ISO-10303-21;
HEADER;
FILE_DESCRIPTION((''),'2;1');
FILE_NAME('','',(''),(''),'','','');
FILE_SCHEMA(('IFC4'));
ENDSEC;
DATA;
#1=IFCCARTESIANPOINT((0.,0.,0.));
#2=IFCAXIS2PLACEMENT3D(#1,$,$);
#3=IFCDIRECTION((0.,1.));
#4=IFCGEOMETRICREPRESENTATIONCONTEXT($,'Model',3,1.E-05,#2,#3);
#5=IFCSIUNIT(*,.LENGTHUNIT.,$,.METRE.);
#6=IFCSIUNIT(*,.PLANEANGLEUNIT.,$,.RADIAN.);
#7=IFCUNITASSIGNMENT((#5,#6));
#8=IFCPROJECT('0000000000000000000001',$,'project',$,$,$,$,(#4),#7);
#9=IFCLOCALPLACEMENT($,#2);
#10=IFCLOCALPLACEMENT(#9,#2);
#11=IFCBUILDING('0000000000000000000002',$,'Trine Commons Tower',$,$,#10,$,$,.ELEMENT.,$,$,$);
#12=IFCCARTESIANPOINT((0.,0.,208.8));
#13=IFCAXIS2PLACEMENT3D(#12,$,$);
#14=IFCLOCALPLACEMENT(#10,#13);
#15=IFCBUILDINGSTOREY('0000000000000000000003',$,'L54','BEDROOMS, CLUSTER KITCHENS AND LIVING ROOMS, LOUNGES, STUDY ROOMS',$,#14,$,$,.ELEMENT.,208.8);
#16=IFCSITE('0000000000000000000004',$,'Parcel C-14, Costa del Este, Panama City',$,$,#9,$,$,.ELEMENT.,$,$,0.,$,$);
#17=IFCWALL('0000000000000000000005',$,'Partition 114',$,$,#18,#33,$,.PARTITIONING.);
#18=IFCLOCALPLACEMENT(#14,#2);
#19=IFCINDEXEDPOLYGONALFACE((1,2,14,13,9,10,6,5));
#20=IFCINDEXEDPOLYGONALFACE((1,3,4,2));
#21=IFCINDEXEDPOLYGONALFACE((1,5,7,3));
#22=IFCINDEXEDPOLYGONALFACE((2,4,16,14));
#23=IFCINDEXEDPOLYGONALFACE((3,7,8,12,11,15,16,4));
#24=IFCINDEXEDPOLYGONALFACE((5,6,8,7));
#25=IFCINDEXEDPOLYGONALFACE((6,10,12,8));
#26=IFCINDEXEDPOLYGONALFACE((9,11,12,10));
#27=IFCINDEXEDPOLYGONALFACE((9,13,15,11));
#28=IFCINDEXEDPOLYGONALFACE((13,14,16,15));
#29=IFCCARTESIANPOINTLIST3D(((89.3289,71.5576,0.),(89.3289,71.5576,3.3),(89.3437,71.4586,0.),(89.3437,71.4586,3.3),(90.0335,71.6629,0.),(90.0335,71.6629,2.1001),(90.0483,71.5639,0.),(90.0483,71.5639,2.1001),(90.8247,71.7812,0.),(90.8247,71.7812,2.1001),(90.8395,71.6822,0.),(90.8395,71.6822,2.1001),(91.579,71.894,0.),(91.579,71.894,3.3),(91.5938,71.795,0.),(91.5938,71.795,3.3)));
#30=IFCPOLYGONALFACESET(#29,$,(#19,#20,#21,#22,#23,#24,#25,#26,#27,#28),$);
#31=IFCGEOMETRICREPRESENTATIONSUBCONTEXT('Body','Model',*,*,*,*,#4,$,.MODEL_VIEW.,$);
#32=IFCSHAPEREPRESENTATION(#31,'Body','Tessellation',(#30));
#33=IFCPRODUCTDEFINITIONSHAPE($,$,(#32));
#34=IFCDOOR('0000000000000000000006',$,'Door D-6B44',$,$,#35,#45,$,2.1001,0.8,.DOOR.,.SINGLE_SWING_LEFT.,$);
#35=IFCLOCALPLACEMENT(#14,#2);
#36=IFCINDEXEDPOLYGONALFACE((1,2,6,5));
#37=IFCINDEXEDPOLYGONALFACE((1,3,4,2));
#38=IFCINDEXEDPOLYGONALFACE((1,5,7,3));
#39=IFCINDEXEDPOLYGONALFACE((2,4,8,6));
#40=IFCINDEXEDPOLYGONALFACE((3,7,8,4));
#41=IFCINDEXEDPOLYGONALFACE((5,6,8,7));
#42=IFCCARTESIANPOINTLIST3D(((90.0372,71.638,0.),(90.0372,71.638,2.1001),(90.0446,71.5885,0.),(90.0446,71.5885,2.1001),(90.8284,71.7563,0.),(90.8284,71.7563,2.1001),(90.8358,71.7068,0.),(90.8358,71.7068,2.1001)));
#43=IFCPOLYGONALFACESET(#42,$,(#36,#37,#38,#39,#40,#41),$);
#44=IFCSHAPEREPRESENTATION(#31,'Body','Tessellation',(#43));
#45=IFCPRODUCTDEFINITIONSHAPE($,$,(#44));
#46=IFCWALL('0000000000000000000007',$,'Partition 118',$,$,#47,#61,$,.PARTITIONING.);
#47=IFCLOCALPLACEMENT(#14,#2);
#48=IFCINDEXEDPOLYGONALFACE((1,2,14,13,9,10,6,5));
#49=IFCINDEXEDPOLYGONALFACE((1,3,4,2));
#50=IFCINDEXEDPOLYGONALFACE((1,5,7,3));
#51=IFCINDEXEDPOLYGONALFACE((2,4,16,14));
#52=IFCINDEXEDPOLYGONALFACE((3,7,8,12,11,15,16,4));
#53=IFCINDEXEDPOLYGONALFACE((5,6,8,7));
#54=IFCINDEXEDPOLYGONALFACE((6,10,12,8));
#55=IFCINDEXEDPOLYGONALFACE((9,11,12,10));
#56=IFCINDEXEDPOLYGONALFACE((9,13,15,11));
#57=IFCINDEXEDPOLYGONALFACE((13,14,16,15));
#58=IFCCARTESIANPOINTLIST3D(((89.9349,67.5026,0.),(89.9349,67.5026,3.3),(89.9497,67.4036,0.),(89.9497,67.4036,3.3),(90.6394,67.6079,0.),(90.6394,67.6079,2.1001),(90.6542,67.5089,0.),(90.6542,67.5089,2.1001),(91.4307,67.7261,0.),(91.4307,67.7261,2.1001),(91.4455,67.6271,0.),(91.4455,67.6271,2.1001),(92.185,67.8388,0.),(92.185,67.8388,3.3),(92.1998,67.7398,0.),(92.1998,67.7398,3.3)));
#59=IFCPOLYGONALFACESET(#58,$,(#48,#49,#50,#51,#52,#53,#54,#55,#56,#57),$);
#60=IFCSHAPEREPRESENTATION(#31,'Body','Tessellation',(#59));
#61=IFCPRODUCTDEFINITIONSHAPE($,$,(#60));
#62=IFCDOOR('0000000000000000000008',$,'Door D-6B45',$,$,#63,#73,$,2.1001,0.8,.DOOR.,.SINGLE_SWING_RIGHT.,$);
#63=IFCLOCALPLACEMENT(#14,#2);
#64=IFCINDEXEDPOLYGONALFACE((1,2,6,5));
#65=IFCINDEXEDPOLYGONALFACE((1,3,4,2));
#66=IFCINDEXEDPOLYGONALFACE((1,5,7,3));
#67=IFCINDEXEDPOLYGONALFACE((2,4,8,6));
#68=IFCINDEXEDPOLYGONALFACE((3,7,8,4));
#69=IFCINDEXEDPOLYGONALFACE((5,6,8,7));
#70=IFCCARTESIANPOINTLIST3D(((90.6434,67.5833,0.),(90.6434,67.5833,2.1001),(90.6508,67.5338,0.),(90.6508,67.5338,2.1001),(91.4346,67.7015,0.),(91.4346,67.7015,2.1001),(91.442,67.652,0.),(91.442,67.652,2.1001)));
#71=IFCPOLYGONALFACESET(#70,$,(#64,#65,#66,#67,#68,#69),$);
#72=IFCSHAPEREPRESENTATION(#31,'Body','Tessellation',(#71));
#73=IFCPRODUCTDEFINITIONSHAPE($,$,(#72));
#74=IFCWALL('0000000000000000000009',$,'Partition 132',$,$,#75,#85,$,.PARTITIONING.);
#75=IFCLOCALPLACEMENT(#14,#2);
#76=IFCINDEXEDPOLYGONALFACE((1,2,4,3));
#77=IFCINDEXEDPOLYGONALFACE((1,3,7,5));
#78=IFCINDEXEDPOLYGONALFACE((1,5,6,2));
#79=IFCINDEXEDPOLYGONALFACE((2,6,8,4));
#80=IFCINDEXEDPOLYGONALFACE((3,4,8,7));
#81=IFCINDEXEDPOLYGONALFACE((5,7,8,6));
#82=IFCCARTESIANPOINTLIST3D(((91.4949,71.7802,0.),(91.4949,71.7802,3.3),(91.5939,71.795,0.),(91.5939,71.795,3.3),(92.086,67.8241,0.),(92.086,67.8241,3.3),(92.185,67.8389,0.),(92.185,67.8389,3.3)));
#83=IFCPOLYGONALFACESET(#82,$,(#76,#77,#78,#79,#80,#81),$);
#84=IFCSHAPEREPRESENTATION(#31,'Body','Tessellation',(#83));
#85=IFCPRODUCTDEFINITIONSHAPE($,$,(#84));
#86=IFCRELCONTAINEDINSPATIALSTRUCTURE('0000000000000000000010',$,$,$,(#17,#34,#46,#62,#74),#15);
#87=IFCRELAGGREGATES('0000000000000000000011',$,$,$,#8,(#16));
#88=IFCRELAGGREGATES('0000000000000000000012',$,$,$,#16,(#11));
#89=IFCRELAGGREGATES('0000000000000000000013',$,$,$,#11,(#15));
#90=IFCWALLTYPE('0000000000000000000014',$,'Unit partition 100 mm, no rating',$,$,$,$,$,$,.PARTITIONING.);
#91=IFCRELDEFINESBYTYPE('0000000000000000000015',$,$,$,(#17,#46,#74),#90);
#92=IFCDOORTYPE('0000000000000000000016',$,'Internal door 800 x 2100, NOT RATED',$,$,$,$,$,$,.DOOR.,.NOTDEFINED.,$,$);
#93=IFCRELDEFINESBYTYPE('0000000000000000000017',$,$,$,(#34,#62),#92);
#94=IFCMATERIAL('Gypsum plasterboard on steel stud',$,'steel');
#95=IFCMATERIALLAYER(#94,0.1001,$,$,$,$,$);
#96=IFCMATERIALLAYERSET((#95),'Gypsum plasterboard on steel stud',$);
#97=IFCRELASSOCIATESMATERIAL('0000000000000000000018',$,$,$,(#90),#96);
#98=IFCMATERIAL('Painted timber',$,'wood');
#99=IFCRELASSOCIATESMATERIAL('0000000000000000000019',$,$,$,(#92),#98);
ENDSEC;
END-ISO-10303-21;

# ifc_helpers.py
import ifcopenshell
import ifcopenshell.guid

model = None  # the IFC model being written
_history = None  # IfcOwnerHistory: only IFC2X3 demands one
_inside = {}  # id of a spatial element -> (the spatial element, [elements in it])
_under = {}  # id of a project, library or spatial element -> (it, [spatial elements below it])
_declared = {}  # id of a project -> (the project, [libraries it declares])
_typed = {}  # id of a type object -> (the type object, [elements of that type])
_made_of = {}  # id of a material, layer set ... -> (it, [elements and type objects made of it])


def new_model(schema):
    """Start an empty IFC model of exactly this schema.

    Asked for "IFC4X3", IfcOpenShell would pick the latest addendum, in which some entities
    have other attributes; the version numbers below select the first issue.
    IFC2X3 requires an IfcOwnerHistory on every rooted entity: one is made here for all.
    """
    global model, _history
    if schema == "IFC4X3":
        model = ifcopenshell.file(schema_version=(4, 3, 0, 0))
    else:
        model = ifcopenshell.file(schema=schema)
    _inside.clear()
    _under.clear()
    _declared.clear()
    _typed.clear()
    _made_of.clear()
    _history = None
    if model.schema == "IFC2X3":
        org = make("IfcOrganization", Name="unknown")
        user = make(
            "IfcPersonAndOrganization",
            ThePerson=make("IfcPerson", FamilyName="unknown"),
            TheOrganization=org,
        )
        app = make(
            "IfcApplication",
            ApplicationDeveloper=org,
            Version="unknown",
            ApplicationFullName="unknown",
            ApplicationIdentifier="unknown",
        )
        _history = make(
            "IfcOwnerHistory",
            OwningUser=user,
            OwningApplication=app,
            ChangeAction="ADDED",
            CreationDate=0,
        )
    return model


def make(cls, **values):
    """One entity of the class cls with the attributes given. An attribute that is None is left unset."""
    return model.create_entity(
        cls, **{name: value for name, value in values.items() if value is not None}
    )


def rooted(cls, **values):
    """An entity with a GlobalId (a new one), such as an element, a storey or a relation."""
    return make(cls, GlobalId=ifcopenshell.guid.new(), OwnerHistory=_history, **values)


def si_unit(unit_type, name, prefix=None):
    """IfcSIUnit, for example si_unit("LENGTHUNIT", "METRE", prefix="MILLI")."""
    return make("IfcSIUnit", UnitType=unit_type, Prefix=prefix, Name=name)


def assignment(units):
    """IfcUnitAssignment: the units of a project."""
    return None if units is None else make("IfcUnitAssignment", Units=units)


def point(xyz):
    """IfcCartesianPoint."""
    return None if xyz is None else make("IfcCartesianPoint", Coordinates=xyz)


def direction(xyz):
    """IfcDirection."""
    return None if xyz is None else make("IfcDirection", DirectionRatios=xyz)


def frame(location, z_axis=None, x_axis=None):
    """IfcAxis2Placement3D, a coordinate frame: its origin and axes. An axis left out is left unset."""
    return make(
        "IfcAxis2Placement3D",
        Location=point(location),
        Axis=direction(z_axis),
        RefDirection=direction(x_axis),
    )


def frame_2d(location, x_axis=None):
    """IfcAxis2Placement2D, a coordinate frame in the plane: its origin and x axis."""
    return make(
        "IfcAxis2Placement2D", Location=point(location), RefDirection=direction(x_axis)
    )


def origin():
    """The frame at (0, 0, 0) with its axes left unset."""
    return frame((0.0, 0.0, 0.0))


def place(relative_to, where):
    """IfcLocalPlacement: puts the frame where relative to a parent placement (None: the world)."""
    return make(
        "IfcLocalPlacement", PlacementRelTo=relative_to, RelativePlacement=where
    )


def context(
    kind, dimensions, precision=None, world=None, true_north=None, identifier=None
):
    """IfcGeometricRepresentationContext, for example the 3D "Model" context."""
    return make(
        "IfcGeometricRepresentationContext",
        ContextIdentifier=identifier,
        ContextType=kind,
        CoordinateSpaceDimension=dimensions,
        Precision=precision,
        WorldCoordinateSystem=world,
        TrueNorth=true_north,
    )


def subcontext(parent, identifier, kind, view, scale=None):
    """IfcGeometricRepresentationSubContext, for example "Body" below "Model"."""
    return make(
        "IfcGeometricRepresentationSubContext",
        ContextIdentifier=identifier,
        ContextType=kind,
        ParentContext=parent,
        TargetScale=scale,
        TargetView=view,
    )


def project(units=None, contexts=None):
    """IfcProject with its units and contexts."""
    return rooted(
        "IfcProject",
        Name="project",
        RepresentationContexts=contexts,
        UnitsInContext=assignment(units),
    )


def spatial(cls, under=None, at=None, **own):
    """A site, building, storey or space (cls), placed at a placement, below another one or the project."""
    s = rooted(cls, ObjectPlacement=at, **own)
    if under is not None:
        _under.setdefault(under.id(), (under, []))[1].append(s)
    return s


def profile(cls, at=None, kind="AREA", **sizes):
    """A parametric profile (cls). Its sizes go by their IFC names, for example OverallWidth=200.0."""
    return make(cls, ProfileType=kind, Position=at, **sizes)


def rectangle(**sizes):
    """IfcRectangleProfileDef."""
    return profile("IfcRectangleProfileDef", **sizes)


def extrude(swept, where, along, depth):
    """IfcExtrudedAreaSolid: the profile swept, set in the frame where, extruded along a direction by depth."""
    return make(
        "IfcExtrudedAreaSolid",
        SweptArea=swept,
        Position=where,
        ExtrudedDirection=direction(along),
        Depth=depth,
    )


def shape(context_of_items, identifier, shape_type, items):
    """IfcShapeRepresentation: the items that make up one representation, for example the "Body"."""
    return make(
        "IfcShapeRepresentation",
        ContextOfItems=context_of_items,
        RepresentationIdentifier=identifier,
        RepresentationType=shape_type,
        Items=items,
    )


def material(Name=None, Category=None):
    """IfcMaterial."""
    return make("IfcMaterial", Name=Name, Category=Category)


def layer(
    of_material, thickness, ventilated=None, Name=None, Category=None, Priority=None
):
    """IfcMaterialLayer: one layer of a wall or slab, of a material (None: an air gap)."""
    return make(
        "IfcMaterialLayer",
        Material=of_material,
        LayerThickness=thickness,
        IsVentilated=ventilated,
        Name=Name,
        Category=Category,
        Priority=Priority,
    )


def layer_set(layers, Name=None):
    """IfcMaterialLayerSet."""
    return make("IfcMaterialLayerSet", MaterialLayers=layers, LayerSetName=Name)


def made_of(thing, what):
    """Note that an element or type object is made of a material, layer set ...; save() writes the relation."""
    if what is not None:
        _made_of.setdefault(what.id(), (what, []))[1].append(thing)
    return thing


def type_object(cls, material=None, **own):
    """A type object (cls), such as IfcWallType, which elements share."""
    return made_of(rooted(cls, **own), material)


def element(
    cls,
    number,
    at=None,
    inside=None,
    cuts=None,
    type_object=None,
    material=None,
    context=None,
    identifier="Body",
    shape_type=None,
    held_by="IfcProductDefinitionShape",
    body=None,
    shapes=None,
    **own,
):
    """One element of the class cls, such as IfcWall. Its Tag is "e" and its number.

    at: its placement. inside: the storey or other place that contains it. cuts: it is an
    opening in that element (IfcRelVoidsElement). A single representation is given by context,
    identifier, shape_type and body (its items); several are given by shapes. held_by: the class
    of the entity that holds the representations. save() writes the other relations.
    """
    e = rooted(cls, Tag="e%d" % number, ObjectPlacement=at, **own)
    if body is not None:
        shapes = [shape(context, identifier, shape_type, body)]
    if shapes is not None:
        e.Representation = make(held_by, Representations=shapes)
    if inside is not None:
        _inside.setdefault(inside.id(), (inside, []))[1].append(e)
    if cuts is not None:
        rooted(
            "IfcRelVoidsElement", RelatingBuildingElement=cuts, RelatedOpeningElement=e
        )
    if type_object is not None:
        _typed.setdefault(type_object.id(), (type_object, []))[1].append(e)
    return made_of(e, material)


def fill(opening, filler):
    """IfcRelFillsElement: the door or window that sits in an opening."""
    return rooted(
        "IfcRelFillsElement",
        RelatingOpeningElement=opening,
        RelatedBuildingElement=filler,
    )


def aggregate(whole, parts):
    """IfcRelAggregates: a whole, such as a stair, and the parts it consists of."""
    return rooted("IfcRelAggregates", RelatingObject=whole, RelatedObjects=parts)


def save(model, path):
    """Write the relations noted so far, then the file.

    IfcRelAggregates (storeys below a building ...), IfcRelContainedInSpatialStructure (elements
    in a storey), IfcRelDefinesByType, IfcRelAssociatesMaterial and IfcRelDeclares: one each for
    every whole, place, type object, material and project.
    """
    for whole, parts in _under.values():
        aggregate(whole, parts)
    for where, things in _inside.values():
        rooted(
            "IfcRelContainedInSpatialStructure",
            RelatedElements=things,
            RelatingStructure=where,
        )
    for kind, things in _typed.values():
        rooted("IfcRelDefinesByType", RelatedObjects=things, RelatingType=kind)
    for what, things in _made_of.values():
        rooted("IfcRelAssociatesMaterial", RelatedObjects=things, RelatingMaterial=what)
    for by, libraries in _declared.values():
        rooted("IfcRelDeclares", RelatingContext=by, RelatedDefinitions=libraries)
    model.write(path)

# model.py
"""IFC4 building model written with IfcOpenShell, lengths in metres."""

from ifc_helpers import new_model, si_unit, direction, frame, frame_2d, origin, place, context, subcontext, project, spatial, rectangle, extrude, material, layer, layer_set, type_object, element, fill, save


model = new_model("IFC4")

# Units and contexts
model_context = context("Model", 3, precision=1e-05, world=origin(), true_north=direction((0.0, 1.0)))
body_context = subcontext(model_context, "Body", "Model", "MODEL_VIEW")
ifc_project = project(units=[si_unit("LENGTHUNIT", "METRE"), si_unit("PLANEANGLEUNIT", "RADIAN")], contexts=[model_context])

# Site, building, storey
site_placement = place(None, origin())
site = spatial("IfcSite", under=ifc_project, at=site_placement, Name="Parcel C-14, Costa del Este, Panama City", CompositionType="ELEMENT", RefElevation=0.0)
building_placement = place(site_placement, origin())
building = spatial("IfcBuilding", under=site, at=building_placement, Name="Trine Commons Tower", CompositionType="ELEMENT")
storey_placement = place(building_placement, frame((0.0, 0.0, 208.8)))
storey = spatial("IfcBuildingStorey", under=building, at=storey_placement, Name="L54", Description="BEDROOMS, CLUSTER KITCHENS AND LIVING ROOMS, LOUNGES, STUDY ROOMS", CompositionType="ELEMENT", Elevation=208.8)

# Shared definitions
ifc_material_1 = material(Name="Gypsum plasterboard on steel stud", Category="steel")

# Walls, openings, doors
ifc_layer_1 = layer(ifc_material_1, 0.1001)
ifc_layer_set_1 = layer_set([ifc_layer_1], Name="Gypsum plasterboard on steel stud")
wall_type_1 = type_object("IfcWallType", Name="Unit partition 100 mm, no rating", PredefinedType="PARTITIONING", material=ifc_layer_set_1)
wall_1_placement = place(storey_placement, frame((89.3362, 71.5081, 0.0), z_axis=(0.0, 0.0, 1.0), x_axis=(0.989008, 0.147863, 0.0)))
wall_1 = element("IfcWall", 1, at=wall_1_placement, inside=storey, type_object=wall_type_1, Name="Partition 114", PredefinedType="PARTITIONING", context=body_context, shape_type="SweptSolid", body=[
    extrude(rectangle(XDim=2.2751, YDim=0.1001, at=frame_2d((1.1377, 0.0))), origin(), (0.0, 0.0, 1.0), 3.3),
])
opening_1_placement = place(wall_1_placement, frame((0.7126, 0.0, 0.0)))
opening_1 = element("IfcOpeningElement", 2, at=opening_1_placement, cuts=wall_1, PredefinedType="OPENING", context=body_context, shape_type="SweptSolid", body=[
    extrude(rectangle(XDim=0.8, YDim=2.1001, at=frame_2d((0.3999, 1.05))), frame((0.0, 0.0601, 0.0), z_axis=(0.0, -1.0, 0.0), x_axis=(1.0, 0.0, 0.0)), (0.0, 0.0, 1.0), 0.1201),
])
ifc_material_2 = material(Name="Painted timber", Category="wood")
door_type_1 = type_object("IfcDoorType", Name="Internal door 800 x 2100, NOT RATED", OperationType="NOTDEFINED", PredefinedType="DOOR", material=ifc_material_2)
door_1_placement = place(opening_1_placement, origin())
door_1 = element("IfcDoor", 3, at=door_1_placement, inside=storey, type_object=door_type_1, Name="Door D-6B44", OperationType="SINGLE_SWING_LEFT", OverallHeight=2.1001, OverallWidth=0.8, PredefinedType="DOOR", context=body_context, shape_type="SweptSolid", body=[
    extrude(rectangle(XDim=0.8, YDim=2.1001, at=frame_2d((0.3999, 1.05))), frame((0.0, 0.0249, 0.0), z_axis=(0.0, -1.0, 0.0), x_axis=(1.0, 0.0, 0.0)), (0.0, 0.0, 1.0), 0.05),
])
fill(opening_1, door_1)
wall_2_placement = place(storey_placement, frame((89.9421, 67.4531, 0.0), z_axis=(0.0, 0.0, 1.0), x_axis=(0.989024, 0.147758, 0.0)))
wall_2 = element("IfcWall", 4, at=wall_2_placement, inside=storey, type_object=wall_type_1, Name="Partition 118", PredefinedType="PARTITIONING", context=body_context, shape_type="SweptSolid", body=[
    extrude(rectangle(XDim=2.2751, YDim=0.1001, at=frame_2d((1.1377, 0.0))), origin(), (0.0, 0.0, 1.0), 3.3),
])
opening_2_placement = place(wall_2_placement, frame((0.7126, 0.0, 0.0)))
opening_2 = element("IfcOpeningElement", 5, at=opening_2_placement, cuts=wall_2, PredefinedType="OPENING", context=body_context, shape_type="SweptSolid", body=[
    extrude(rectangle(XDim=0.8, YDim=2.1001, at=frame_2d((0.3999, 1.05))), frame((0.0, 0.0601, 0.0), z_axis=(0.0, -1.0, 0.0), x_axis=(1.0, 0.0, 0.0)), (0.0, 0.0, 1.0), 0.1201),
])
door_2_placement = place(opening_2_placement, frame((0.8, 0.0, 0.0), z_axis=(0.0, 0.0, 1.0), x_axis=(-1.0, 0.0, 0.0)))
door_2 = element("IfcDoor", 6, at=door_2_placement, inside=storey, type_object=door_type_1, Name="Door D-6B45", OperationType="SINGLE_SWING_RIGHT", OverallHeight=2.1001, OverallWidth=0.8, PredefinedType="DOOR", context=body_context, shape_type="SweptSolid", body=[
    extrude(rectangle(XDim=0.8, YDim=2.1001, at=frame_2d((0.3999, 1.05))), frame((0.0, 0.0249, 0.0), z_axis=(0.0, -1.0, 0.0), x_axis=(1.0, 0.0, 0.0)), (0.0, 0.0, 1.0), 0.05),
])
fill(opening_2, door_2)

# Wall
wall_3_placement = place(storey_placement, frame((91.5444, 71.7876, 0.0), z_axis=(0.0, 0.0, 1.0), x_axis=(0.147767, -0.989022, 0.0)))
element("IfcWall", 7, at=wall_3_placement, inside=storey, type_object=wall_type_1, Name="Partition 132", PredefinedType="PARTITIONING", context=body_context, shape_type="SweptSolid", body=[
    extrude(rectangle(XDim=4.0, YDim=0.1001, at=frame_2d((2.0, 0.0))), origin(), (0.0, 0.0, 1.0), 3.3),
])

save(model, "model.ifc")
